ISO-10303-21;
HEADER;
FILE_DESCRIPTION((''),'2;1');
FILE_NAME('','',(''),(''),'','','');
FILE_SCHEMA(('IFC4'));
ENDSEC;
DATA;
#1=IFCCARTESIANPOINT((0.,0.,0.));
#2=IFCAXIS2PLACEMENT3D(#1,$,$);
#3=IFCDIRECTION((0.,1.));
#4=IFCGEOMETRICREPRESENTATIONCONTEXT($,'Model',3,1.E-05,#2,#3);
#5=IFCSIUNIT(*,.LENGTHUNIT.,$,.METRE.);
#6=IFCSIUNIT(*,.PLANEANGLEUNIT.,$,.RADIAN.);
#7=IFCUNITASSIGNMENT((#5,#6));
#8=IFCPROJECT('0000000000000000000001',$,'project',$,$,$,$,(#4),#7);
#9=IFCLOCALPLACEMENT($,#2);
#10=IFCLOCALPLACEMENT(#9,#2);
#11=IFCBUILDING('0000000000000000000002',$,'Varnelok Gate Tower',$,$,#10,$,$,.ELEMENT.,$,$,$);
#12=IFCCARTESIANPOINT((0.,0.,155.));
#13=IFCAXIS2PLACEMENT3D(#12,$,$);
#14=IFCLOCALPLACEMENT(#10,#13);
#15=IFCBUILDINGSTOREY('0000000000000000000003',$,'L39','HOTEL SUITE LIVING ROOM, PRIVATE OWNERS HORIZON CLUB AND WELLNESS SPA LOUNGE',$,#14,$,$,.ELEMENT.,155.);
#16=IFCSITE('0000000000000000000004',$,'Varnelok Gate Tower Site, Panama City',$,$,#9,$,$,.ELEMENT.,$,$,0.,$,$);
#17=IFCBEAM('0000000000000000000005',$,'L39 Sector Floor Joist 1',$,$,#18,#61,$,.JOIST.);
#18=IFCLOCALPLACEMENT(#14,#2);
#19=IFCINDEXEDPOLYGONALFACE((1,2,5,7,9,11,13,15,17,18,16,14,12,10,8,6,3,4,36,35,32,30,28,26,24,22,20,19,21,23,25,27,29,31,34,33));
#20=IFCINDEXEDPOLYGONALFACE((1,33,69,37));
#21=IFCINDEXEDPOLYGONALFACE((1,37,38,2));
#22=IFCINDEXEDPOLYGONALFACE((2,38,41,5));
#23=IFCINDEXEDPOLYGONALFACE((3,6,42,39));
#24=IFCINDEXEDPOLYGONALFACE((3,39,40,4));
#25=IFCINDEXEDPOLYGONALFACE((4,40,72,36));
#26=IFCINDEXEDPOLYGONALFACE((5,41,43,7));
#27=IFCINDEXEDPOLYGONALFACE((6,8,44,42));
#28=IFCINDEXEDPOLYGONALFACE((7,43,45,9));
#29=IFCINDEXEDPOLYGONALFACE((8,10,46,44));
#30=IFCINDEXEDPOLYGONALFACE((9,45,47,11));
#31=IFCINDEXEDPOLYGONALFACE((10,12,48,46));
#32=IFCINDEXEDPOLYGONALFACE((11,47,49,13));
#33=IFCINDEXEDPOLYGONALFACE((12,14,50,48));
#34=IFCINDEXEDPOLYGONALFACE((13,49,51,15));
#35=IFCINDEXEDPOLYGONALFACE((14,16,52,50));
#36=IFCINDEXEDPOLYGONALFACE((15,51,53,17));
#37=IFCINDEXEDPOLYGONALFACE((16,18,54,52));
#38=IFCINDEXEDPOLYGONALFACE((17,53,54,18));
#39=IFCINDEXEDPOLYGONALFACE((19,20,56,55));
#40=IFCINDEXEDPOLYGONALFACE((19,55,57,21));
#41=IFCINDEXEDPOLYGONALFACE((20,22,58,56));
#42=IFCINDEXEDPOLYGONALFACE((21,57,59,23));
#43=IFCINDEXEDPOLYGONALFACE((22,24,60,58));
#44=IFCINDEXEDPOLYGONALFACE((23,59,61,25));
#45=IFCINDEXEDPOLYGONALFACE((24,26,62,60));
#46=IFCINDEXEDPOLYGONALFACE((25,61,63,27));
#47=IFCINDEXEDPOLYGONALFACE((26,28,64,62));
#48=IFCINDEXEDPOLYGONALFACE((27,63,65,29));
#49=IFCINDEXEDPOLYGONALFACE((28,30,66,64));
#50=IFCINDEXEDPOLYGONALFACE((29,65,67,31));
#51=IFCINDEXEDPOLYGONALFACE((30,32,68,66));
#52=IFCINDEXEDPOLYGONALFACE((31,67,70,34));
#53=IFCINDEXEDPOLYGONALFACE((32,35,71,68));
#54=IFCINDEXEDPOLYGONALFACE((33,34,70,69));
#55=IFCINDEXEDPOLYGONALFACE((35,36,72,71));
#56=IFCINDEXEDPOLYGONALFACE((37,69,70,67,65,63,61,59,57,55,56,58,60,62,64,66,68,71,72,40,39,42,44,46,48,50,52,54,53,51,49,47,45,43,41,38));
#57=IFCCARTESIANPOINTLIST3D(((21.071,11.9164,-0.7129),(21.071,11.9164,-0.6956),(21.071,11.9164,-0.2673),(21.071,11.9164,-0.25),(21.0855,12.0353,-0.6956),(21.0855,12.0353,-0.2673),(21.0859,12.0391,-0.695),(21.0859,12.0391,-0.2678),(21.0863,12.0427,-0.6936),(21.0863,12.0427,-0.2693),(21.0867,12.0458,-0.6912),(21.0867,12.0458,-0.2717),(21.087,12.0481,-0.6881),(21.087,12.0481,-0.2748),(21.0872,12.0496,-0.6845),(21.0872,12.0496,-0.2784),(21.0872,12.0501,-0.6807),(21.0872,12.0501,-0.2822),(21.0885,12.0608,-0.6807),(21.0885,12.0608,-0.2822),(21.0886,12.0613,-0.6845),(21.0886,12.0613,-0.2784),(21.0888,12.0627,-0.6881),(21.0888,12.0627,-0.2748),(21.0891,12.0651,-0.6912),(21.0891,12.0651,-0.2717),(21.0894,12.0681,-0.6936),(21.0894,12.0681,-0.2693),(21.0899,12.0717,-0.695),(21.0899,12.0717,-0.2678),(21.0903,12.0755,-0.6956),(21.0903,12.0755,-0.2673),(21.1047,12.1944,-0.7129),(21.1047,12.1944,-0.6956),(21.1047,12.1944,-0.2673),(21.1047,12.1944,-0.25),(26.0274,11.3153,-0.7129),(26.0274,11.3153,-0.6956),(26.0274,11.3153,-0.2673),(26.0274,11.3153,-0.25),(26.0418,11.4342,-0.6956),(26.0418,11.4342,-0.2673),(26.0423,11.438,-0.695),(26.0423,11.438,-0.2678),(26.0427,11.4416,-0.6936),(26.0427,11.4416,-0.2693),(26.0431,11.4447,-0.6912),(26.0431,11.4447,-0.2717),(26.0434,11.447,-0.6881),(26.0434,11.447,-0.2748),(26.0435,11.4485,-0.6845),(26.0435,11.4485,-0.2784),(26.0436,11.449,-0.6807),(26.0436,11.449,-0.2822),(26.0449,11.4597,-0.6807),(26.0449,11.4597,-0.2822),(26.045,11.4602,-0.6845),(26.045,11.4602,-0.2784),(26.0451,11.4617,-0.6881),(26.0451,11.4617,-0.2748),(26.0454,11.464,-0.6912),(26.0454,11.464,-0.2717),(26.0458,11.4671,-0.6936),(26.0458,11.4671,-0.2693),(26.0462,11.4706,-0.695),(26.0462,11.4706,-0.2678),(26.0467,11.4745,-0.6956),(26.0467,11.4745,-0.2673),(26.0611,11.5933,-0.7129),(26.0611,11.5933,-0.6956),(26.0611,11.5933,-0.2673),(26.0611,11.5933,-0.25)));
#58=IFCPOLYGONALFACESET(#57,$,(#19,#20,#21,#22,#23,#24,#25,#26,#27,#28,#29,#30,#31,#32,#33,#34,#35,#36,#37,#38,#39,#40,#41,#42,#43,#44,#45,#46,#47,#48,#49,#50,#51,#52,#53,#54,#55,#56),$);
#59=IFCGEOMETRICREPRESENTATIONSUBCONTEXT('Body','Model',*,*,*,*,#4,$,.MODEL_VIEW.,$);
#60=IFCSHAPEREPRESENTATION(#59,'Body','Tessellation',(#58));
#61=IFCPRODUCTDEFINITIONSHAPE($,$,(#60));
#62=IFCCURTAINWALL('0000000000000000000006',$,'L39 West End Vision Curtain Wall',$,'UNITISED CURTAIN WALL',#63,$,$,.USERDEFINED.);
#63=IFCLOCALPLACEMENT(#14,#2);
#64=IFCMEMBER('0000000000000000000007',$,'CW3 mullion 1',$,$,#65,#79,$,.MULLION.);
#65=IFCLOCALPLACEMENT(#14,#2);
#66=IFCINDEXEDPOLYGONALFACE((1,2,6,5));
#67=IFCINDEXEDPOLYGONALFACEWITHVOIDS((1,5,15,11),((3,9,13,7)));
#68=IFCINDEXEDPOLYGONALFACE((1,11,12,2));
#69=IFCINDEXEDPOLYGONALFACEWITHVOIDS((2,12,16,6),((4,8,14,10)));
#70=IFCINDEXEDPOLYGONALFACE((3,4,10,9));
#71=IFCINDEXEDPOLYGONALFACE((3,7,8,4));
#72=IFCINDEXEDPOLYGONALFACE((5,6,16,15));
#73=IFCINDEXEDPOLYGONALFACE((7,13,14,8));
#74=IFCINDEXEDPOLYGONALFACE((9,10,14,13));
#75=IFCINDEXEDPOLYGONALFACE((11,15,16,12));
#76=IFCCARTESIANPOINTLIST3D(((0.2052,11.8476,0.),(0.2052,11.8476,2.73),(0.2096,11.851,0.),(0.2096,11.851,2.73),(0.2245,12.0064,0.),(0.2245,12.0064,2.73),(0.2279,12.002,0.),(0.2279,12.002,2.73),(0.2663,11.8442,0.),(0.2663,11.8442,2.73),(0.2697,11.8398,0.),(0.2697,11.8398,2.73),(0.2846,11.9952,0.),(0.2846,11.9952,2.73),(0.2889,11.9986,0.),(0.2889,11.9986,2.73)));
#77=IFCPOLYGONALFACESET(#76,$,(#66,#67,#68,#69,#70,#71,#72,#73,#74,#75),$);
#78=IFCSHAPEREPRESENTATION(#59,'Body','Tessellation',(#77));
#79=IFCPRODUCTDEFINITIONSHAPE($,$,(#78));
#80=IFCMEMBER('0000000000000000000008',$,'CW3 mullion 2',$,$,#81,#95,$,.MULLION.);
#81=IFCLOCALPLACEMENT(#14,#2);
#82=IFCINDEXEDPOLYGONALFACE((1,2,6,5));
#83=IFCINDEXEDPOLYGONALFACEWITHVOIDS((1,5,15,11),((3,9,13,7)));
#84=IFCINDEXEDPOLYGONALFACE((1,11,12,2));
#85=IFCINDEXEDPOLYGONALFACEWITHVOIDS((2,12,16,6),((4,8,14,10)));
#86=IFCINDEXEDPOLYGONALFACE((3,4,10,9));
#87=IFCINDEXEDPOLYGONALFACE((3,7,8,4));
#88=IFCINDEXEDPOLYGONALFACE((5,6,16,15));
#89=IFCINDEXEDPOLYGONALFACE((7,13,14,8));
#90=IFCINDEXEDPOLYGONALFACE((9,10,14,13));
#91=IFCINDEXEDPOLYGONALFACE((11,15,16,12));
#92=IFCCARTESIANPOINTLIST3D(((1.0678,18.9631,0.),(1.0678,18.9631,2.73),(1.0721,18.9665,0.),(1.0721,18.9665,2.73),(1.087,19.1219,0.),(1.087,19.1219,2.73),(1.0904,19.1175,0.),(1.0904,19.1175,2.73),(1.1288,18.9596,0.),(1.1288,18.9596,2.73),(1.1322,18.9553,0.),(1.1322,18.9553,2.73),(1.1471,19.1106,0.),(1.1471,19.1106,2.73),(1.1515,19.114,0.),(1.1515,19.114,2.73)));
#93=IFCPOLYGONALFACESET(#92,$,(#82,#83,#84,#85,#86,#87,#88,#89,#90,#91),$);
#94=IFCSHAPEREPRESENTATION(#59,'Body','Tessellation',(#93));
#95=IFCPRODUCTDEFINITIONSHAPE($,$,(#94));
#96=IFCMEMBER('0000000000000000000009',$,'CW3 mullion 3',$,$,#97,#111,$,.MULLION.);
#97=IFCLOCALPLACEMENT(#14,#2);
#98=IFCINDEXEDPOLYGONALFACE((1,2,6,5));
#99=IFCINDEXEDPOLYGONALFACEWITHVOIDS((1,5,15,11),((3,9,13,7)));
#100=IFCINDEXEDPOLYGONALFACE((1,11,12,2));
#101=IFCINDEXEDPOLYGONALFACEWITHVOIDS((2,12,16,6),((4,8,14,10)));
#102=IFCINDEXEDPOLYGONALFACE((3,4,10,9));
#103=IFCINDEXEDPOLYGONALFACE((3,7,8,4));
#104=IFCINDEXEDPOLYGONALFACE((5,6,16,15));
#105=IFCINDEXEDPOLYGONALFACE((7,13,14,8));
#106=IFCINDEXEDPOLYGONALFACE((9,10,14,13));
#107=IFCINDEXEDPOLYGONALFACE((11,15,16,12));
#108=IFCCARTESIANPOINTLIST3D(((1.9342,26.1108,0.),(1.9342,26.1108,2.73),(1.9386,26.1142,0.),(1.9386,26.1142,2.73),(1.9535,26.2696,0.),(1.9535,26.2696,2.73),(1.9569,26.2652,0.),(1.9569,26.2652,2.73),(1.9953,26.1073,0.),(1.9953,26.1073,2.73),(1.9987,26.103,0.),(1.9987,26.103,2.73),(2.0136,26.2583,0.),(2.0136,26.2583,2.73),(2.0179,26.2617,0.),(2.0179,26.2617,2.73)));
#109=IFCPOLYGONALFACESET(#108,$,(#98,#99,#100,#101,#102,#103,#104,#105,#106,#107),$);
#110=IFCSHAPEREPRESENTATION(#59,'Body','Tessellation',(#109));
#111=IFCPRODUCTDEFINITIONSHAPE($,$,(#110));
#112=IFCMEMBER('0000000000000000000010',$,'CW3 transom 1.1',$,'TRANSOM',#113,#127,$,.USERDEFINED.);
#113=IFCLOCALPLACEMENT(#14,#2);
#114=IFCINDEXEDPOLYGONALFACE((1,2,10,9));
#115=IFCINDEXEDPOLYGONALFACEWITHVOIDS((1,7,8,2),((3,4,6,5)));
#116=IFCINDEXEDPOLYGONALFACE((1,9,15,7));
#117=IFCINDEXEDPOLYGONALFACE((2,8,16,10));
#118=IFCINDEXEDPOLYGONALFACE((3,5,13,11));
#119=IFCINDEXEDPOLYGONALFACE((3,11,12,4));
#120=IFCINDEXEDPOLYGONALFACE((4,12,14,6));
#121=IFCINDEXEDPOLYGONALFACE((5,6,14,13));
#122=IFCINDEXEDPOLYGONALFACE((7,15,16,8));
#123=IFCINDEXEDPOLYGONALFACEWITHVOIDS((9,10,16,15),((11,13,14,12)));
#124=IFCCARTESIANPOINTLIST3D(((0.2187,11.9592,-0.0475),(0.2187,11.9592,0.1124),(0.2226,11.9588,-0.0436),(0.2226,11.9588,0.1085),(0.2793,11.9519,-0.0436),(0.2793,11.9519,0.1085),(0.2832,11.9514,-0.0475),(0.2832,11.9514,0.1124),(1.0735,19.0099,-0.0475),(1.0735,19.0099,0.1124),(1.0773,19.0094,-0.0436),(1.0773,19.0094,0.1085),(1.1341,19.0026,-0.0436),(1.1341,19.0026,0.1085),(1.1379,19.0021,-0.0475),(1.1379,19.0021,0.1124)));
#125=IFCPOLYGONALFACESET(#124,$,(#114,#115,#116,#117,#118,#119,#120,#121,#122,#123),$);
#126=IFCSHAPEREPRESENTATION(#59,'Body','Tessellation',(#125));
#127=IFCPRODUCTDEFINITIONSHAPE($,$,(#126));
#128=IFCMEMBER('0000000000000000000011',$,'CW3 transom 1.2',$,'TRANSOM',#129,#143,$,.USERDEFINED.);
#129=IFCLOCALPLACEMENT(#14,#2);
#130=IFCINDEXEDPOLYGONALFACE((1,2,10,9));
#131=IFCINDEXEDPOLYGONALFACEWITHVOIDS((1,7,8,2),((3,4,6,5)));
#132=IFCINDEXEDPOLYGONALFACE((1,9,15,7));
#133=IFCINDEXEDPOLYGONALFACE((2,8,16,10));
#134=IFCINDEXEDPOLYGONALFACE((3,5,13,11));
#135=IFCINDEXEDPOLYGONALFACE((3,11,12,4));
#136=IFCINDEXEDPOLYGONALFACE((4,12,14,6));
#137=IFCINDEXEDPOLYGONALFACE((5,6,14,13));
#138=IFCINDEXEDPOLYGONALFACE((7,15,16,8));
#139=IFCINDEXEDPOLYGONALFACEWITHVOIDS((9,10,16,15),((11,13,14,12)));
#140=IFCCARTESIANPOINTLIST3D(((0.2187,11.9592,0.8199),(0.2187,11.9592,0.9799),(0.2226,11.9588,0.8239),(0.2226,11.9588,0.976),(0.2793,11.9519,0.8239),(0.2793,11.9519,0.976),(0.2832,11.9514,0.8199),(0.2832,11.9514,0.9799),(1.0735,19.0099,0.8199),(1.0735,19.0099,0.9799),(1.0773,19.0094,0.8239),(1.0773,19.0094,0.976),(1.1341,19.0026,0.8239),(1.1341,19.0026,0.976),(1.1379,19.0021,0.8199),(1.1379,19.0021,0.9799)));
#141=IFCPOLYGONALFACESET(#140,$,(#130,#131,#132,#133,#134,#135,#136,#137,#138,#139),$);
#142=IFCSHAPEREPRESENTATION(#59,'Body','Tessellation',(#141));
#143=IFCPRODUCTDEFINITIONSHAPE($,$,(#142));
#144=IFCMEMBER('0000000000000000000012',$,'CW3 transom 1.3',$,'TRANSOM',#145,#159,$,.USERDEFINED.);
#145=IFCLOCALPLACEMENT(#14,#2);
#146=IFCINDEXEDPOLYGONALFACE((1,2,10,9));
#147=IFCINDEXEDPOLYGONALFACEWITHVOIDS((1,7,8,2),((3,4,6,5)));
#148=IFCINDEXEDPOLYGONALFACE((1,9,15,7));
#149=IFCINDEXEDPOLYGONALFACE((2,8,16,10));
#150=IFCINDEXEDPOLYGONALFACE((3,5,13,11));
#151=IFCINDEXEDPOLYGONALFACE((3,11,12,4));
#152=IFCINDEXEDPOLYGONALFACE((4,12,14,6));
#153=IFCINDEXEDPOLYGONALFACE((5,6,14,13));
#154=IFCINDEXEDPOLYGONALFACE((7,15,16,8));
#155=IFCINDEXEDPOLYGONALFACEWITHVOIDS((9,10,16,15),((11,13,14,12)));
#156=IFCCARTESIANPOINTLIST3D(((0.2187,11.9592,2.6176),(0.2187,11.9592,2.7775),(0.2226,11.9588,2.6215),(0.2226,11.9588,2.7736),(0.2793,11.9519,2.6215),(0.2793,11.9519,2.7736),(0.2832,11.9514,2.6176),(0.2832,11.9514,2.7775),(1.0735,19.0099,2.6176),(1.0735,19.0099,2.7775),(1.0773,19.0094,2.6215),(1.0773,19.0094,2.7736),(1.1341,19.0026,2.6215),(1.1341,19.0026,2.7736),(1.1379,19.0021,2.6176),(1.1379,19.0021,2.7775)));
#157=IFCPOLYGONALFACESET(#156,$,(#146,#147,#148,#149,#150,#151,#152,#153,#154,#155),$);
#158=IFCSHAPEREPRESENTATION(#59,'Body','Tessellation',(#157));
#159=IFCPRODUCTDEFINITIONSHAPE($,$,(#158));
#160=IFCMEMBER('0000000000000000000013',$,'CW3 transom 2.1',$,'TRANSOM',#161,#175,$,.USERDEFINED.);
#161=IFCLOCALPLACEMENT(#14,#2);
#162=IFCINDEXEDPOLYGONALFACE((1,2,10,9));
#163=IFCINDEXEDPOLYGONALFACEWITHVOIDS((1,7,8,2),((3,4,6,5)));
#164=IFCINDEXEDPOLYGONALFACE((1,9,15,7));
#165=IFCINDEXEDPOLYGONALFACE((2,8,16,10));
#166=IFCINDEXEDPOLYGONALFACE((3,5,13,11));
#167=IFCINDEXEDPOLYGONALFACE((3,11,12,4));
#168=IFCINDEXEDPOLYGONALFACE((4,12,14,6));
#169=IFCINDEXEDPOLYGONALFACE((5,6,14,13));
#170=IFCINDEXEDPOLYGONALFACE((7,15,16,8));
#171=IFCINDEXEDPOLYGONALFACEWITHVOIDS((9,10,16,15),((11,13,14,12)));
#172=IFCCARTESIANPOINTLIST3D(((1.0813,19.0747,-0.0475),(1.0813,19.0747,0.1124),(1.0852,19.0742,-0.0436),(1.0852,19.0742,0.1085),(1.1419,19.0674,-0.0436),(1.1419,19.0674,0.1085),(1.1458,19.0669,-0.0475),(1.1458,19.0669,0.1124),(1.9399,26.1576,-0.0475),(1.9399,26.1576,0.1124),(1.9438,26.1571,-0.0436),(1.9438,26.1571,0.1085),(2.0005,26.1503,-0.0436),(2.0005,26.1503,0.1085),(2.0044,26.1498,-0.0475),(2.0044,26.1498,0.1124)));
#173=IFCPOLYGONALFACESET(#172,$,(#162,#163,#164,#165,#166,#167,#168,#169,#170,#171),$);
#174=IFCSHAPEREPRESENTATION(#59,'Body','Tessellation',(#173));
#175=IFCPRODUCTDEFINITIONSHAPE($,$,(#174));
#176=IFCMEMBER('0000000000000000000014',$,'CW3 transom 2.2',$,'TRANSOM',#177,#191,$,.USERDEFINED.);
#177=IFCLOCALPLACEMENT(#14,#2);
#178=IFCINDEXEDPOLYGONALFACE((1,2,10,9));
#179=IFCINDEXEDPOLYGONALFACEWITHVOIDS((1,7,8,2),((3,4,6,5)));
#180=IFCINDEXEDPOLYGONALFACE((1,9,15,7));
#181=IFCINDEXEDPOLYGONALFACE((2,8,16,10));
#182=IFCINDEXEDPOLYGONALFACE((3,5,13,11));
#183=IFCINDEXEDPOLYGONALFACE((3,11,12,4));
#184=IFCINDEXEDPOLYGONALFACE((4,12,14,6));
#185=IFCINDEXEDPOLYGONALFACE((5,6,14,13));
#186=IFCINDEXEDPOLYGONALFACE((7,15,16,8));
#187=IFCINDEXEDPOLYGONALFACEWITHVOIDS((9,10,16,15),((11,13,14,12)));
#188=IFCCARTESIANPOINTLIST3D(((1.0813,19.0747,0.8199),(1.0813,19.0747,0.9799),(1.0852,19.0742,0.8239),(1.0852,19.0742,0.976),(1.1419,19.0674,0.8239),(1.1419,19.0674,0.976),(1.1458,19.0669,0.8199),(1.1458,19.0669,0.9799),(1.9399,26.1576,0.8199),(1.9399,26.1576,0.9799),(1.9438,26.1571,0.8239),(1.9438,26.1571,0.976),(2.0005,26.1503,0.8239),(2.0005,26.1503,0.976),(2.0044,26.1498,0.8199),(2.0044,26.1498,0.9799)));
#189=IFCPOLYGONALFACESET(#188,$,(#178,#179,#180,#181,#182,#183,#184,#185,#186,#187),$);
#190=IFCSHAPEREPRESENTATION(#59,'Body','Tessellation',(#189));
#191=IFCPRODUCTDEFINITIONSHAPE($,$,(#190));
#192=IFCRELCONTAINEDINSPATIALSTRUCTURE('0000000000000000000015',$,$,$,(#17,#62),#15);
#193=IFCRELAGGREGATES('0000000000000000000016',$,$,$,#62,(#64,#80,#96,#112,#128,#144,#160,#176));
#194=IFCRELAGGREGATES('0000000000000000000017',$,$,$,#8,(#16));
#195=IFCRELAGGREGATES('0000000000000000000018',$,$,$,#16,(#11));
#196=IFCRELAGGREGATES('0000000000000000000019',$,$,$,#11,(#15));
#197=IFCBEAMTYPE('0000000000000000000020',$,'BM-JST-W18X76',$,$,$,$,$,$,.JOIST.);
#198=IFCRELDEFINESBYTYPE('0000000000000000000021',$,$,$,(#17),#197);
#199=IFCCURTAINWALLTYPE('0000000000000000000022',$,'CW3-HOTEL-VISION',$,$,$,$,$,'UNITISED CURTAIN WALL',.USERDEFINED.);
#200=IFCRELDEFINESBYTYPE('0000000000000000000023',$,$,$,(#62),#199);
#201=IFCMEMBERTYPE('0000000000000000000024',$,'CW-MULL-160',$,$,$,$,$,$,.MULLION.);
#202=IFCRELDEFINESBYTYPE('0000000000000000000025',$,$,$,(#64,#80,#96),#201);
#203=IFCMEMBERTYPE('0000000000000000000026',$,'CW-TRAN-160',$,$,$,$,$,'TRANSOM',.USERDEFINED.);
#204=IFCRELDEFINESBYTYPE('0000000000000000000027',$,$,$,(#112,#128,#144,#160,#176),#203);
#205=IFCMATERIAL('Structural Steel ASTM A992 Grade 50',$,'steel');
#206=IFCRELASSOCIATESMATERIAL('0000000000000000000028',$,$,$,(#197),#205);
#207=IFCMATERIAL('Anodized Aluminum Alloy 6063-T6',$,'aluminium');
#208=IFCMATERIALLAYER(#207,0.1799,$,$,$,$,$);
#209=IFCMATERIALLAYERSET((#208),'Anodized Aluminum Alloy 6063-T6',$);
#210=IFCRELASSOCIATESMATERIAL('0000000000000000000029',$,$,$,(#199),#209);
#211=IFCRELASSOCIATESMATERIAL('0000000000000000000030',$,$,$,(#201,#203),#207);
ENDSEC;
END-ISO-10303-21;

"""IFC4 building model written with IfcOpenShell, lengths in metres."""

from ifc_helpers import new_model, si_unit, direction, frame, origin, origin_2d, place, context, subcontext, project, spatial, hollow_rectangle, i_section, extrude, material, layer, layer_set, material_profile, profile_set, type_object, element, aggregate, save


model = new_model("IFC4")

# Units and contexts
model_context = context("Model", 3, precision=1e-05, world=origin(), true_north=direction((0.0, 1.0)))
body_context = subcontext(model_context, "Body", "Model", "MODEL_VIEW")
ifc_project = project(units=[si_unit("LENGTHUNIT", "METRE"), si_unit("PLANEANGLEUNIT", "RADIAN")], contexts=[model_context])

# Site, building, storey
site_placement = place(None, origin())
site = spatial("IfcSite", under=ifc_project, at=site_placement, Name="Varnelok Gate Tower Site, Panama City", CompositionType="ELEMENT", RefElevation=0.0)
building_placement = place(site_placement, origin())
building = spatial("IfcBuilding", under=site, at=building_placement, Name="Varnelok Gate Tower", CompositionType="ELEMENT")
storey_placement = place(building_placement, frame((0.0, 0.0, 155.0)))
storey = spatial("IfcBuildingStorey", under=building, at=storey_placement, Name="L39", Description="HOTEL SUITE LIVING ROOM, PRIVATE OWNERS HORIZON CLUB AND WELLNESS SPA LOUNGE", CompositionType="ELEMENT", Elevation=155.0)

# Beam
ifc_material_1 = material(Name="Structural Steel ASTM A992 Grade 50", Category="steel")
ifc_material_profile_1 = material_profile(ifc_material_1, i_section(OverallWidth=0.28, OverallDepth=0.4629, WebThickness=0.0107, FlangeThickness=0.0173, FilletRadius=0.0149, at=origin_2d()), Name="W18X76")
ifc_profile_set_1 = profile_set([ifc_material_profile_1], Name="Structural Steel ASTM A992 Grade 50")
beam_type = type_object("IfcBeamType", Name="BM-JST-W18X76", PredefinedType="JOIST", material=ifc_profile_set_1)
beam_placement = place(storey_placement, frame((21.0879, 12.0554, -0.4814), z_axis=(0.992726, -0.120393, 0.0), x_axis=(0.120393, 0.992726, 0.0)))
element("IfcBeam", 1, at=beam_placement, inside=storey, type_object=beam_type, Name="L39 Sector Floor Joist 1", PredefinedType="JOIST", context=body_context, shape_type="SweptSolid", body=[
    extrude(i_section(OverallWidth=0.28, OverallDepth=0.4629, WebThickness=0.0107, FlangeThickness=0.0173, FilletRadius=0.0149, at=origin_2d()), origin(), (0.0, 0.0, 1.0), 4.9927),
])

# Curtain wall, members
ifc_material_2 = material(Name="Anodized Aluminum Alloy 6063-T6", Category="aluminium")
ifc_layer_1 = layer(ifc_material_2, 0.1799)
ifc_layer_set_1 = layer_set([ifc_layer_1], Name="Anodized Aluminum Alloy 6063-T6")
curtain_wall_type = type_object("IfcCurtainWallType", Name="CW3-HOTEL-VISION", ElementType="UNITISED CURTAIN WALL", PredefinedType="USERDEFINED", material=ifc_layer_set_1)
curtain_wall_placement = place(storey_placement, origin())
curtain_wall = element("IfcCurtainWall", 2, at=curtain_wall_placement, inside=storey, type_object=curtain_wall_type, Name="L39 West End Vision Curtain Wall", ObjectType="UNITISED CURTAIN WALL", PredefinedType="USERDEFINED")
ifc_material_profile_2 = material_profile(ifc_material_2, hollow_rectangle(XDim=0.0649, YDim=0.1599, WallThickness=0.0039, at=origin_2d()), Name="ALU160X65X4")
ifc_profile_set_2 = profile_set([ifc_material_profile_2], Name="Anodized Aluminum Alloy 6063-T6")
member_type_1 = type_object("IfcMemberType", Name="CW-MULL-160", PredefinedType="MULLION", material=ifc_profile_set_2)
member_1_placement = place(storey_placement, frame((0.2471, 11.9231, 0.0), z_axis=(0.0, 0.0, 1.0), x_axis=(-0.992732, 0.120347, 0.0)))
member_1 = element("IfcMember", 3, at=member_1_placement, type_object=member_type_1, Name="CW3 mullion 1", PredefinedType="MULLION", context=body_context, shape_type="SweptSolid", body=[
    extrude(hollow_rectangle(XDim=0.0649, YDim=0.1599, WallThickness=0.0039, at=origin_2d()), origin(), (0.0, 0.0, 1.0), 2.73),
])
member_2_placement = place(storey_placement, frame((1.1096, 19.0386, 0.0), z_axis=(0.0, 0.0, 1.0), x_axis=(-0.992732, 0.120347, 0.0)))
member_2 = element("IfcMember", 4, at=member_2_placement, type_object=member_type_1, Name="CW3 mullion 2", PredefinedType="MULLION", context=body_context, shape_type="SweptSolid", body=[
    extrude(hollow_rectangle(XDim=0.0649, YDim=0.1599, WallThickness=0.0039, at=origin_2d()), origin(), (0.0, 0.0, 1.0), 2.73),
])
member_3_placement = place(storey_placement, frame((1.9761, 26.1863, 0.0), z_axis=(0.0, 0.0, 1.0), x_axis=(-0.992732, 0.120347, 0.0)))
member_3 = element("IfcMember", 5, at=member_3_placement, type_object=member_type_1, Name="CW3 mullion 3", PredefinedType="MULLION", context=body_context, shape_type="SweptSolid", body=[
    extrude(hollow_rectangle(XDim=0.0649, YDim=0.1599, WallThickness=0.0039, at=origin_2d()), origin(), (0.0, 0.0, 1.0), 2.73),
])
ifc_material_profile_3 = material_profile(ifc_material_2, hollow_rectangle(XDim=0.0649, YDim=0.1599, WallThickness=0.0039, at=origin_2d()), Name="ALU160X65X4")
ifc_profile_set_3 = profile_set([ifc_material_profile_3], Name="Anodized Aluminum Alloy 6063-T6")
member_type_2 = type_object("IfcMemberType", Name="CW-TRAN-160", ElementType="TRANSOM", PredefinedType="USERDEFINED", material=ifc_profile_set_3)
member_4_placement = place(storey_placement, frame((0.251, 11.9553, 0.0325), z_axis=(0.120345, 0.992732, 0.0), x_axis=(-0.992732, 0.120345, 0.0)))
member_4 = element("IfcMember", 6, at=member_4_placement, type_object=member_type_2, Name="CW3 transom 1.1", ObjectType="TRANSOM", PredefinedType="USERDEFINED", context=body_context, shape_type="SweptSolid", body=[
    extrude(hollow_rectangle(XDim=0.0649, YDim=0.1599, WallThickness=0.0039, at=origin_2d()), origin(), (0.0, 0.0, 1.0), 7.1023),
])
member_5_placement = place(storey_placement, frame((0.251, 11.9553, 0.8999), z_axis=(0.120345, 0.992732, 0.0), x_axis=(-0.992732, 0.120345, 0.0)))
member_5 = element("IfcMember", 7, at=member_5_placement, type_object=member_type_2, Name="CW3 transom 1.2", ObjectType="TRANSOM", PredefinedType="USERDEFINED", context=body_context, shape_type="SweptSolid", body=[
    extrude(hollow_rectangle(XDim=0.0649, YDim=0.1599, WallThickness=0.0039, at=origin_2d()), origin(), (0.0, 0.0, 1.0), 7.1023),
])
member_6_placement = place(storey_placement, frame((0.251, 11.9553, 2.6975), z_axis=(0.120345, 0.992732, 0.0), x_axis=(-0.992732, 0.120345, 0.0)))
member_6 = element("IfcMember", 8, at=member_6_placement, type_object=member_type_2, Name="CW3 transom 1.3", ObjectType="TRANSOM", PredefinedType="USERDEFINED", context=body_context, shape_type="SweptSolid", body=[
    extrude(hollow_rectangle(XDim=0.0649, YDim=0.1599, WallThickness=0.0039, at=origin_2d()), origin(), (0.0, 0.0, 1.0), 7.1023),
])
member_7_placement = place(storey_placement, frame((1.1135, 19.0708, 0.0325), z_axis=(0.120345, 0.992732, 0.0), x_axis=(-0.992732, 0.120345, 0.0)))
member_7 = element("IfcMember", 9, at=member_7_placement, type_object=member_type_2, Name="CW3 transom 2.1", ObjectType="TRANSOM", PredefinedType="USERDEFINED", context=body_context, shape_type="SweptSolid", body=[
    extrude(hollow_rectangle(XDim=0.0649, YDim=0.1599, WallThickness=0.0039, at=origin_2d()), origin(), (0.0, 0.0, 1.0), 7.1348),
])
member_8_placement = place(storey_placement, frame((1.1135, 19.0708, 0.8999), z_axis=(0.120345, 0.992732, 0.0), x_axis=(-0.992732, 0.120345, 0.0)))
member_8 = element("IfcMember", 10, at=member_8_placement, type_object=member_type_2, Name="CW3 transom 2.2", ObjectType="TRANSOM", PredefinedType="USERDEFINED", context=body_context, shape_type="SweptSolid", body=[
    extrude(hollow_rectangle(XDim=0.0649, YDim=0.1599, WallThickness=0.0039, at=origin_2d()), origin(), (0.0, 0.0, 1.0), 7.1348),
])
aggregate(curtain_wall, [member_1, member_2, member_3, member_4, member_5, member_6, member_7, member_8])

save(model, "model.ifc")
